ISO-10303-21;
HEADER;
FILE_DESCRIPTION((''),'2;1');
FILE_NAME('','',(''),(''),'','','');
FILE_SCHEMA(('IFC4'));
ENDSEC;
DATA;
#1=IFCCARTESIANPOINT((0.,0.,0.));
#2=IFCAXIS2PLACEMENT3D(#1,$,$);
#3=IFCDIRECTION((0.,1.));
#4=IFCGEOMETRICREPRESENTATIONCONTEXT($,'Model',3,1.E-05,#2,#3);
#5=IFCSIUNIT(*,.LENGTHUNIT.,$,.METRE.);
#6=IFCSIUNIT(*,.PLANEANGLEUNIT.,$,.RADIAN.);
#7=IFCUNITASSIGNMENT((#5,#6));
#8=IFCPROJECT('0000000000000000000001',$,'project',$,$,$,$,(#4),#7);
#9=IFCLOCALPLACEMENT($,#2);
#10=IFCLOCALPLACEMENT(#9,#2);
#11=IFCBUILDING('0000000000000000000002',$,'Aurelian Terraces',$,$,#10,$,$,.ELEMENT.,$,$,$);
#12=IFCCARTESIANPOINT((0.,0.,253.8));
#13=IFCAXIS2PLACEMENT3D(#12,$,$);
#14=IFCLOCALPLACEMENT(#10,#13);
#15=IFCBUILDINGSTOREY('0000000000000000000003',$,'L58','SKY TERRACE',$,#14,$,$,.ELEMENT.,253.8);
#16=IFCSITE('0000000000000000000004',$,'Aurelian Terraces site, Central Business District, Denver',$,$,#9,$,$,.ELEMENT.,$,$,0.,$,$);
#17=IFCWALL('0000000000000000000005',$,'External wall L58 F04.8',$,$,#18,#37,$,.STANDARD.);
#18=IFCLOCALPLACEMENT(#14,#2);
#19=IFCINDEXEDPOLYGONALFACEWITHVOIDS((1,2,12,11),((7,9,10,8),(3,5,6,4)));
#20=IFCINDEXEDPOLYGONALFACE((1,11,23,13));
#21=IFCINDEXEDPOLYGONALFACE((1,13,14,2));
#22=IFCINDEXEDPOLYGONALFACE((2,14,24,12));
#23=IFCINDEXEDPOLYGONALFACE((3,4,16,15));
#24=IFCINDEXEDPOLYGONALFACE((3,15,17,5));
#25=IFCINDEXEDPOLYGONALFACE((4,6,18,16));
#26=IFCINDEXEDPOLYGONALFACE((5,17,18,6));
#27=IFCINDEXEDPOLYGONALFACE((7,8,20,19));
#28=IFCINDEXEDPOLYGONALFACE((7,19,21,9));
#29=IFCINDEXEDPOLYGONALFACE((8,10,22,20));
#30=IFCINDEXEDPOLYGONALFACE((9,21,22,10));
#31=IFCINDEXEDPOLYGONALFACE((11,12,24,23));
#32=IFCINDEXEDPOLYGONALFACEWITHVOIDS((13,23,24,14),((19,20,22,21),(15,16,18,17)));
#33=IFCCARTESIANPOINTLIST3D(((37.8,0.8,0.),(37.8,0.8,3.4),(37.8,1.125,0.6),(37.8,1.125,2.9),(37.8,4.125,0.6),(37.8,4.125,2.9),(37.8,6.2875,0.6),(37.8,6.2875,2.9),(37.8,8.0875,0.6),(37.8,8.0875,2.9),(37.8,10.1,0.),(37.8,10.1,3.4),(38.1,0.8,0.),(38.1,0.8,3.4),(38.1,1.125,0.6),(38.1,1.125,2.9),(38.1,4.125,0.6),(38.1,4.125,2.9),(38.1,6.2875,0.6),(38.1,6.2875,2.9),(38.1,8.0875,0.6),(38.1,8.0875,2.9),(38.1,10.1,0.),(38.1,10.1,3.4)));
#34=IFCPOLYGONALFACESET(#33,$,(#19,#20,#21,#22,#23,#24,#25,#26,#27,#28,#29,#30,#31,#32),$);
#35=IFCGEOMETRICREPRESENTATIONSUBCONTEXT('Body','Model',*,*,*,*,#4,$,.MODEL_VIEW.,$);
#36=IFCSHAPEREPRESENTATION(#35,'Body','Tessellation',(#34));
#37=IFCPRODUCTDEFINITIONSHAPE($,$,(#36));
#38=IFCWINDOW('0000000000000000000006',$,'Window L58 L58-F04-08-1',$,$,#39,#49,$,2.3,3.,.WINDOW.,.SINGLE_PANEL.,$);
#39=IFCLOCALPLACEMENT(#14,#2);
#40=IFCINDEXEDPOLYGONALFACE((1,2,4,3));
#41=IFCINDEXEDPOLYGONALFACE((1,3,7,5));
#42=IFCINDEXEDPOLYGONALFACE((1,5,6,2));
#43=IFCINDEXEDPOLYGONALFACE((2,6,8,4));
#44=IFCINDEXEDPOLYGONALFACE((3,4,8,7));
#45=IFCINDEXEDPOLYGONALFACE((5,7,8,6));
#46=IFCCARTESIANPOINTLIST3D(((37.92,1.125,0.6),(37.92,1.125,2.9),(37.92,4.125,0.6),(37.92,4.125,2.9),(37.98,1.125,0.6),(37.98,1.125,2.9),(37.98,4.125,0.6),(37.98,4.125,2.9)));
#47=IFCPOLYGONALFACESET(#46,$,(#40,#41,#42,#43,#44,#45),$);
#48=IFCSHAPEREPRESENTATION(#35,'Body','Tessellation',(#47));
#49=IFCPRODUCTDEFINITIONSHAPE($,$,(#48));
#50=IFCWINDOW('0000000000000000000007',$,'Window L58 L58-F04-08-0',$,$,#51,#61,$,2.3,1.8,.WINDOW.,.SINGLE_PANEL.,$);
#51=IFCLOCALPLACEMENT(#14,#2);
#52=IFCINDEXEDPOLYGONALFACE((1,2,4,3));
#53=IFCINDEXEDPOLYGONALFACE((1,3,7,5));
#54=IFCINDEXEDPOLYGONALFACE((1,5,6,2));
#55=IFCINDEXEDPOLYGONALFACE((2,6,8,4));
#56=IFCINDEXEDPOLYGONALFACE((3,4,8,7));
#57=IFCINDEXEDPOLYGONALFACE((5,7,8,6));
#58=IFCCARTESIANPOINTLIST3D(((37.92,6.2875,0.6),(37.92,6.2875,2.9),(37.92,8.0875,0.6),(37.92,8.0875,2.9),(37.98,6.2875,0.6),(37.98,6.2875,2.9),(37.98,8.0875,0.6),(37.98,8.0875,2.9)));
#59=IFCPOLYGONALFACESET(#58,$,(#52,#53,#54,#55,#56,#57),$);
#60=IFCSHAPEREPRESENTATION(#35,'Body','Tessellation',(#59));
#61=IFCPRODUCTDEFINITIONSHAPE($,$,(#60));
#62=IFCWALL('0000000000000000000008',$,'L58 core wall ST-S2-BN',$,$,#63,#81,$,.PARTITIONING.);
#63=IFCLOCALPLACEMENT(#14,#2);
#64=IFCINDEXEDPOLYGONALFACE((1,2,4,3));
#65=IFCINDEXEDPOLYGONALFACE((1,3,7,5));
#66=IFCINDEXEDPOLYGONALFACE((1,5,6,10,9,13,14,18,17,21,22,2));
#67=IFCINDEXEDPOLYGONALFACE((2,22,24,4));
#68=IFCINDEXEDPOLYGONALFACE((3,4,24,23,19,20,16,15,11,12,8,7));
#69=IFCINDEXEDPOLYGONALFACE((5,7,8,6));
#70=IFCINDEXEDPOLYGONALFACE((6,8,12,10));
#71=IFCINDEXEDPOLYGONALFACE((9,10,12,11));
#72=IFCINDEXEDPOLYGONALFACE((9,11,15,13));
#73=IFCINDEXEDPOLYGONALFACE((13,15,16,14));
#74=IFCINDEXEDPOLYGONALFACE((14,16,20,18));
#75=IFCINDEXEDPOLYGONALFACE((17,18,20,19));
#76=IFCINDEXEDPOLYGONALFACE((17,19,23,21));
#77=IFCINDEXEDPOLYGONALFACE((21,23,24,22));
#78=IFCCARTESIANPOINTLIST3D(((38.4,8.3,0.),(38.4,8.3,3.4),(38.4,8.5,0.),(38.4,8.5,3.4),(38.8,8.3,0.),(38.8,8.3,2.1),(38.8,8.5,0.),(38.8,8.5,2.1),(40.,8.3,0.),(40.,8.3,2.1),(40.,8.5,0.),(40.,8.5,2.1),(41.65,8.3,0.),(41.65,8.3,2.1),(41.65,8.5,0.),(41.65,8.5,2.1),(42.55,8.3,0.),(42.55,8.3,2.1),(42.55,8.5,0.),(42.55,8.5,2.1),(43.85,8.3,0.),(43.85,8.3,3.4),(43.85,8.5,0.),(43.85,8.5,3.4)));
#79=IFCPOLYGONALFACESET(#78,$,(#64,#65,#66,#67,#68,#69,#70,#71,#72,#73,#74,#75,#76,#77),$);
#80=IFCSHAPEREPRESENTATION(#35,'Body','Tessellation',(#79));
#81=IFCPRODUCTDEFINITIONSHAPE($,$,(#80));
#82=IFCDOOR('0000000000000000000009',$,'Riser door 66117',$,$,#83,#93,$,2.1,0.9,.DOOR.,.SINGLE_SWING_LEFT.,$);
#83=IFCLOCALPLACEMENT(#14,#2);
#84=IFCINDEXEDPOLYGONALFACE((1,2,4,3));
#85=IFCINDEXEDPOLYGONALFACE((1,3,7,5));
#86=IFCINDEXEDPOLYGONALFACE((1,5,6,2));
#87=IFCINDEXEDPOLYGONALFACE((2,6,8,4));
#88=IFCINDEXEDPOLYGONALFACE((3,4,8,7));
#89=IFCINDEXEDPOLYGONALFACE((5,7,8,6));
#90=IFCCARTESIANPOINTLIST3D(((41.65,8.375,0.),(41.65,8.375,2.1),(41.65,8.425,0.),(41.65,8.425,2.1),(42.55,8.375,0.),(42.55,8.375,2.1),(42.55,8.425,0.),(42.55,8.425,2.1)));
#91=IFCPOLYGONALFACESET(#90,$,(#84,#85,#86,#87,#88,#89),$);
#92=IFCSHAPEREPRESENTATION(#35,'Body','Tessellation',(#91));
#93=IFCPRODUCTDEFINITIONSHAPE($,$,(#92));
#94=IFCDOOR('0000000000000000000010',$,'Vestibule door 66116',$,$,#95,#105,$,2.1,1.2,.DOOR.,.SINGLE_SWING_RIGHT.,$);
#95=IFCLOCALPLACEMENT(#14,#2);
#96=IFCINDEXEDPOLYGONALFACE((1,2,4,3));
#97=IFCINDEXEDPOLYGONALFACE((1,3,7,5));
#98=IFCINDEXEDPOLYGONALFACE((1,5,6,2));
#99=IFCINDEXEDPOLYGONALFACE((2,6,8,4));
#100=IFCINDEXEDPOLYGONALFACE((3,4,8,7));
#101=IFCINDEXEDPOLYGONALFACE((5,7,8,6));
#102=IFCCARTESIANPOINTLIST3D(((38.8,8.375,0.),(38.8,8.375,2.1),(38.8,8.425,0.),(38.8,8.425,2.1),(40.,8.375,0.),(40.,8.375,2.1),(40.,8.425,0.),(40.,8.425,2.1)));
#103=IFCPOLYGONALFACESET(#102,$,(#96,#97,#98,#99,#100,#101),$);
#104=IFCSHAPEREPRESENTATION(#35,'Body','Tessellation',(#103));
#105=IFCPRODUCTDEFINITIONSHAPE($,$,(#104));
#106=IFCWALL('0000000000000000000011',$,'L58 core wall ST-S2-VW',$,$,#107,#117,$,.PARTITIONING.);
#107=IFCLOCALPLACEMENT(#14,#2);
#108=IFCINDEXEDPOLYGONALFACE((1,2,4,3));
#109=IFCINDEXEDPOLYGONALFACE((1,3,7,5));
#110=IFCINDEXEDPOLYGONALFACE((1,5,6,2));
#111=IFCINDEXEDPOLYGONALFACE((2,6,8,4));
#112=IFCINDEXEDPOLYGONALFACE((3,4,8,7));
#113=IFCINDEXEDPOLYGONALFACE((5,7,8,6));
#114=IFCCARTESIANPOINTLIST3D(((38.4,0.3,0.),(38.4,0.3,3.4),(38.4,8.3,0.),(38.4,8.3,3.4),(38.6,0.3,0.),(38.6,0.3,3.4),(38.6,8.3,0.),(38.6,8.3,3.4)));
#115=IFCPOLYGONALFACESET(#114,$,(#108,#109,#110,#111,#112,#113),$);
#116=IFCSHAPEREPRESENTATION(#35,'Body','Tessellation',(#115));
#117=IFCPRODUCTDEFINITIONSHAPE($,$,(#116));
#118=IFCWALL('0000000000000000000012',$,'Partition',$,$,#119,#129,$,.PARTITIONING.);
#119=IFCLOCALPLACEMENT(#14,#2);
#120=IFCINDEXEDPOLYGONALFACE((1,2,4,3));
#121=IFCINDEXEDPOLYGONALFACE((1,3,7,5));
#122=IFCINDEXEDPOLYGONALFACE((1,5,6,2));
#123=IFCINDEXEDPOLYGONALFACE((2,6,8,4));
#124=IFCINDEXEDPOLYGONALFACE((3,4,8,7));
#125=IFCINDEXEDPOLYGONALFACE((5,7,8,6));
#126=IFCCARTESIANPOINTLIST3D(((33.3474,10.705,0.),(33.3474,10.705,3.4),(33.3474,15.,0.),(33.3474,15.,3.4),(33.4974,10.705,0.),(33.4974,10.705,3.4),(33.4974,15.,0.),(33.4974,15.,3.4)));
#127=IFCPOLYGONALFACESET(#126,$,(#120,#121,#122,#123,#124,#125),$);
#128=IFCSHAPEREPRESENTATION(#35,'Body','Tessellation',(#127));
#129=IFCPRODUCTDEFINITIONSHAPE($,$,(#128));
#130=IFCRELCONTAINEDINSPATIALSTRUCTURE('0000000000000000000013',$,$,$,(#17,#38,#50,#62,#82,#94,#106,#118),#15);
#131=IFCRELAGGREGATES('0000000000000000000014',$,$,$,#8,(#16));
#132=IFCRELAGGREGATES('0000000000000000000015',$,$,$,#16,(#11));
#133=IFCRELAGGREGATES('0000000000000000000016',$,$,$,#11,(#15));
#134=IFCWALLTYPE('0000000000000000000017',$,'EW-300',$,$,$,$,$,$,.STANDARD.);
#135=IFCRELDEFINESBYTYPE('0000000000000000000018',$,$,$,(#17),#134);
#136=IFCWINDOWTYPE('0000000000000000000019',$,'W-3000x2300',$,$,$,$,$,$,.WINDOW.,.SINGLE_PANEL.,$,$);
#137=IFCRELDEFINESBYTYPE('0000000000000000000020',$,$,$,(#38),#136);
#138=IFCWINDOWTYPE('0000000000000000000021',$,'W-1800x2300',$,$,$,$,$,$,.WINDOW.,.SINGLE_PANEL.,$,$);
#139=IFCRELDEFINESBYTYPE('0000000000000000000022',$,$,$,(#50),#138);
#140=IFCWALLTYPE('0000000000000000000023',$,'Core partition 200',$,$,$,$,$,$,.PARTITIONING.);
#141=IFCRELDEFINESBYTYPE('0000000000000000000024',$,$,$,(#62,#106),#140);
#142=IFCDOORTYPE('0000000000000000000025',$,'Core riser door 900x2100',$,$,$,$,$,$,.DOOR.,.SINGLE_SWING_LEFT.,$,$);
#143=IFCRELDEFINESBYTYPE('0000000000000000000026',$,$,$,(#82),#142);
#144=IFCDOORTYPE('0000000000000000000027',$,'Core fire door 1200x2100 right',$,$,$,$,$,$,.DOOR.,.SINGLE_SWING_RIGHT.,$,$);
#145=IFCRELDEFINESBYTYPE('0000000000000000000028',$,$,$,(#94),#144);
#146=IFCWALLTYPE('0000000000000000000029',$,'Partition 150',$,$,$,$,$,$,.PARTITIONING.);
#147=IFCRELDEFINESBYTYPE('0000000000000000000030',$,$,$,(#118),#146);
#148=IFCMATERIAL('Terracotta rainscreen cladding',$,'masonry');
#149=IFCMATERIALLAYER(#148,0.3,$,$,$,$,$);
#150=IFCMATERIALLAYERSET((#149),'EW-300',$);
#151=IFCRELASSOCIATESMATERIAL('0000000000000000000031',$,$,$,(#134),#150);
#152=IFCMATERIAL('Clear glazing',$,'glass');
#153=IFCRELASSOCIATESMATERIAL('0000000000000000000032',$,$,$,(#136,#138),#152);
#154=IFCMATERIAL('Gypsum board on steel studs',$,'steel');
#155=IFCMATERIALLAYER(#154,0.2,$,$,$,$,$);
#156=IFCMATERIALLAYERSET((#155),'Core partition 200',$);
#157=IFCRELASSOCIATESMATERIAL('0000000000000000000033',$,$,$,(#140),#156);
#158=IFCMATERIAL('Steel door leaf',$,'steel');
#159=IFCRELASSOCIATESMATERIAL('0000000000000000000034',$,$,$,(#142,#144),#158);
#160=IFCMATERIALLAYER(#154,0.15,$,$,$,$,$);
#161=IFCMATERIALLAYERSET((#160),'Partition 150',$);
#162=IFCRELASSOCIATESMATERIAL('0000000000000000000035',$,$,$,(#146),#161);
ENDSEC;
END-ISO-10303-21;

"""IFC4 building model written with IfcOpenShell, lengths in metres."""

from ifc_helpers import new_model, si_unit, direction, frame, frame_2d, origin, place, context, subcontext, project, spatial, rectangle, extrude, source, transform, mapped, material, layer, layer_set, type_object, element, fill, save


model = new_model("IFC4")

# Units and contexts
model_context = context("Model", 3, precision=1e-05, world=origin(), true_north=direction((0.0, 1.0)))
body_context = subcontext(model_context, "Body", "Model", "MODEL_VIEW")
ifc_project = project(units=[si_unit("LENGTHUNIT", "METRE"), si_unit("PLANEANGLEUNIT", "RADIAN")], contexts=[model_context])

# Site, building, storey
site_placement = place(None, origin())
site = spatial("IfcSite", under=ifc_project, at=site_placement, Name="Aurelian Terraces site, Central Business District, Denver", CompositionType="ELEMENT", RefElevation=0.0)
building_placement = place(site_placement, origin())
building = spatial("IfcBuilding", under=site, at=building_placement, Name="Aurelian Terraces", CompositionType="ELEMENT")
storey_placement = place(building_placement, frame((0.0, 0.0, 253.8)))
storey = spatial("IfcBuildingStorey", under=building, at=storey_placement, Name="L58", Description="SKY TERRACE", CompositionType="ELEMENT", Elevation=253.8)

# Shared definitions
ifc_material_1 = material(Name="Terracotta rainscreen cladding", Category="masonry")
ifc_layer_1 = layer(ifc_material_1, 0.3)
ifc_layer_set_1 = layer_set([ifc_layer_1], Name="EW-300")
wall_type_1 = type_object("IfcWallType", Name="EW-300", PredefinedType="STANDARD", material=ifc_layer_set_1)
ifc_material_2 = material(Name="Clear glazing", Category="glass")

# Wall, openings, windows
shared_shape_1 = source(origin(), body_context, "Body", "SweptSolid", [
    extrude(rectangle(XDim=9.3, YDim=0.3, at=frame_2d((4.65, 0.0))), origin(), (0.0, 0.0, 1.0), 3.4),
])
wall_1_placement = place(storey_placement, frame((37.95, 10.1, 0.0), z_axis=(0.0, 0.0, 1.0), x_axis=(0.0, -1.0, 0.0)))
wall_1 = element("IfcWall", 1, at=wall_1_placement, inside=storey, type_object=wall_type_1, Name="External wall L58 F04.8", PredefinedType="STANDARD", context=body_context, shape_type="MappedRepresentation", body=[
    mapped(shared_shape_1, transform((0.0, 0.0, 0.0), scale=1.0)),
])
shared_shape_2 = source(origin(), body_context, "Body", "SweptSolid", [
    extrude(rectangle(XDim=1.8, YDim=2.3, at=frame_2d((0.9, 1.15))), frame((0.0, 0.16, 0.0), z_axis=(0.0, -1.0, 0.0), x_axis=(1.0, 0.0, 0.0)), (0.0, 0.0, 1.0), 0.32),
])
opening_1_placement = place(wall_1_placement, frame((2.0125, 0.0, 0.6)))
opening_1 = element("IfcOpeningElement", 2, at=opening_1_placement, cuts=wall_1, PredefinedType="OPENING", context=body_context, shape_type="MappedRepresentation", body=[
    mapped(shared_shape_2, transform((0.0, 0.0, 0.0), scale=1.0)),
])
shared_shape_3 = source(origin(), body_context, "Body", "SweptSolid", [
    extrude(rectangle(XDim=3.0, YDim=2.3, at=frame_2d((1.5, 1.15))), frame((0.0, 0.16, 0.0), z_axis=(0.0, -1.0, 0.0), x_axis=(1.0, 0.0, 0.0)), (0.0, 0.0, 1.0), 0.32),
])
opening_2_placement = place(wall_1_placement, frame((5.975, 0.0, 0.6)))
opening_2 = element("IfcOpeningElement", 3, at=opening_2_placement, cuts=wall_1, PredefinedType="OPENING", context=body_context, shape_type="MappedRepresentation", body=[
    mapped(shared_shape_3, transform((0.0, 0.0, 0.0), scale=1.0)),
])
window_type_1 = type_object("IfcWindowType", Name="W-3000x2300", PartitioningType="SINGLE_PANEL", PredefinedType="WINDOW", material=ifc_material_2)
shared_shape_4 = source(origin(), body_context, "Body", "SweptSolid", [
    extrude(rectangle(XDim=3.0, YDim=2.3, at=frame_2d((1.5, 1.15))), frame((0.0, 0.03, 0.0), z_axis=(0.0, -1.0, 0.0), x_axis=(1.0, 0.0, 0.0)), (0.0, 0.0, 1.0), 0.06),
])
window_1_placement = place(opening_2_placement, origin())
window_1 = element("IfcWindow", 4, at=window_1_placement, inside=storey, type_object=window_type_1, Name="Window L58 L58-F04-08-1", OverallHeight=2.3, OverallWidth=3.0, PartitioningType="SINGLE_PANEL", PredefinedType="WINDOW", context=body_context, shape_type="MappedRepresentation", body=[
    mapped(shared_shape_4, transform((0.0, 0.0, 0.0), scale=1.0)),
])
fill(opening_2, window_1)
window_type_2 = type_object("IfcWindowType", Name="W-1800x2300", PartitioningType="SINGLE_PANEL", PredefinedType="WINDOW", material=ifc_material_2)
shared_shape_5 = source(origin(), body_context, "Body", "SweptSolid", [
    extrude(rectangle(XDim=1.8, YDim=2.3, at=frame_2d((0.9, 1.15))), frame((0.0, 0.03, 0.0), z_axis=(0.0, -1.0, 0.0), x_axis=(1.0, 0.0, 0.0)), (0.0, 0.0, 1.0), 0.06),
])
window_2_placement = place(opening_1_placement, origin())
window_2 = element("IfcWindow", 5, at=window_2_placement, inside=storey, type_object=window_type_2, Name="Window L58 L58-F04-08-0", OverallHeight=2.3, OverallWidth=1.8, PartitioningType="SINGLE_PANEL", PredefinedType="WINDOW", context=body_context, shape_type="MappedRepresentation", body=[
    mapped(shared_shape_5, transform((0.0, 0.0, 0.0), scale=1.0)),
])
fill(opening_1, window_2)

# Wall, openings, doors
ifc_material_3 = material(Name="Gypsum board on steel studs", Category="steel")
ifc_layer_2 = layer(ifc_material_3, 0.2)
ifc_layer_set_2 = layer_set([ifc_layer_2], Name="Core partition 200")
wall_type_2 = type_object("IfcWallType", Name="Core partition 200", PredefinedType="PARTITIONING", material=ifc_layer_set_2)
shared_shape_6 = source(origin(), body_context, "Body", "SweptSolid", [
    extrude(rectangle(XDim=5.45, YDim=0.2, at=frame_2d((2.725, 0.0))), origin(), (0.0, 0.0, 1.0), 3.4),
])
wall_2_placement = place(storey_placement, frame((38.4, 8.4, 0.0), z_axis=(0.0, 0.0, 1.0), x_axis=(1.0, 0.0, 0.0)))
wall_2 = element("IfcWall", 6, at=wall_2_placement, inside=storey, type_object=wall_type_2, Name="L58 core wall ST-S2-BN", PredefinedType="PARTITIONING", context=body_context, shape_type="MappedRepresentation", body=[
    mapped(shared_shape_6, transform((0.0, 0.0, 0.0), scale=1.0)),
])
shared_shape_7 = source(origin(), body_context, "Body", "SweptSolid", [
    extrude(rectangle(XDim=1.2, YDim=2.1, at=frame_2d((0.6, 1.05))), frame((0.0, 0.11, 0.0), z_axis=(0.0, -1.0, 0.0), x_axis=(1.0, 0.0, 0.0)), (0.0, 0.0, 1.0), 0.22),
])
opening_3_placement = place(wall_2_placement, frame((0.4, 0.0, 0.0)))
opening_3 = element("IfcOpeningElement", 7, at=opening_3_placement, cuts=wall_2, PredefinedType="OPENING", context=body_context, shape_type="MappedRepresentation", body=[
    mapped(shared_shape_7, transform((0.0, 0.0, 0.0), scale=1.0)),
])
shared_shape_8 = source(origin(), body_context, "Body", "SweptSolid", [
    extrude(rectangle(XDim=0.9, YDim=2.1, at=frame_2d((0.45, 1.05))), frame((0.0, 0.11, 0.0), z_axis=(0.0, -1.0, 0.0), x_axis=(1.0, 0.0, 0.0)), (0.0, 0.0, 1.0), 0.22),
])
opening_4_placement = place(wall_2_placement, frame((3.25, 0.0, 0.0)))
opening_4 = element("IfcOpeningElement", 8, at=opening_4_placement, cuts=wall_2, PredefinedType="OPENING", context=body_context, shape_type="MappedRepresentation", body=[
    mapped(shared_shape_8, transform((0.0, 0.0, 0.0), scale=1.0)),
])
ifc_material_4 = material(Name="Steel door leaf", Category="steel")
door_type_1 = type_object("IfcDoorType", Name="Core riser door 900x2100", OperationType="SINGLE_SWING_LEFT", PredefinedType="DOOR", material=ifc_material_4)
shared_shape_9 = source(origin(), body_context, "Body", "SweptSolid", [
    extrude(rectangle(XDim=0.9, YDim=2.1, at=frame_2d((0.45, 1.05))), frame((0.0, 0.025, 0.0), z_axis=(0.0, -1.0, 0.0), x_axis=(1.0, 0.0, 0.0)), (0.0, 0.0, 1.0), 0.05),
])
door_1_placement = place(opening_4_placement, origin())
door_1 = element("IfcDoor", 9, at=door_1_placement, inside=storey, type_object=door_type_1, Name="Riser door 66117", OperationType="SINGLE_SWING_LEFT", OverallHeight=2.1, OverallWidth=0.9, PredefinedType="DOOR", context=body_context, shape_type="MappedRepresentation", body=[
    mapped(shared_shape_9, transform((0.0, 0.0, 0.0), scale=1.0)),
])
fill(opening_4, door_1)
door_type_2 = type_object("IfcDoorType", Name="Core fire door 1200x2100 right", OperationType="SINGLE_SWING_RIGHT", PredefinedType="DOOR", material=ifc_material_4)
shared_shape_10 = source(origin(), body_context, "Body", "SweptSolid", [
    extrude(rectangle(XDim=1.2, YDim=2.1, at=frame_2d((0.6, 1.05))), frame((0.0, 0.025, 0.0), z_axis=(0.0, -1.0, 0.0), x_axis=(1.0, 0.0, 0.0)), (0.0, 0.0, 1.0), 0.05),
])
door_2_placement = place(opening_3_placement, origin())
door_2 = element("IfcDoor", 10, at=door_2_placement, inside=storey, type_object=door_type_2, Name="Vestibule door 66116", OperationType="SINGLE_SWING_RIGHT", OverallHeight=2.1, OverallWidth=1.2, PredefinedType="DOOR", context=body_context, shape_type="MappedRepresentation", body=[
    mapped(shared_shape_10, transform((0.0, 0.0, 0.0), scale=1.0)),
])
fill(opening_3, door_2)

# Walls
shared_shape_11 = source(origin(), body_context, "Body", "SweptSolid", [
    extrude(rectangle(XDim=8.0, YDim=0.2, at=frame_2d((4.0, 0.0))), origin(), (0.0, 0.0, 1.0), 3.4),
])
wall_3_placement = place(storey_placement, frame((38.5, 0.3, 0.0), z_axis=(0.0, 0.0, 1.0), x_axis=(0.0, 1.0, 0.0)))
element("IfcWall", 11, at=wall_3_placement, inside=storey, type_object=wall_type_2, Name="L58 core wall ST-S2-VW", PredefinedType="PARTITIONING", context=body_context, shape_type="MappedRepresentation", body=[
    mapped(shared_shape_11, transform((0.0, 0.0, 0.0), scale=1.0)),
])
ifc_layer_3 = layer(ifc_material_3, 0.15)
ifc_layer_set_3 = layer_set([ifc_layer_3], Name="Partition 150")
wall_type_3 = type_object("IfcWallType", Name="Partition 150", PredefinedType="PARTITIONING", material=ifc_layer_set_3)
shared_shape_12 = source(origin(), body_context, "Body", "SweptSolid", [
    extrude(rectangle(XDim=4.295, YDim=0.15, at=frame_2d((2.1475, 0.0))), origin(), (0.0, 0.0, 1.0), 3.4),
])
wall_4_placement = place(storey_placement, frame((33.4224, 10.705, 0.0), z_axis=(0.0, 0.0, 1.0), x_axis=(0.0, 1.0, 0.0)))
element("IfcWall", 12, at=wall_4_placement, inside=storey, type_object=wall_type_3, Name="Partition", PredefinedType="PARTITIONING", context=body_context, shape_type="MappedRepresentation", body=[
    mapped(shared_shape_12, transform((0.0, 0.0, 0.0), scale=1.0)),
])

save(model, "model.ifc")
